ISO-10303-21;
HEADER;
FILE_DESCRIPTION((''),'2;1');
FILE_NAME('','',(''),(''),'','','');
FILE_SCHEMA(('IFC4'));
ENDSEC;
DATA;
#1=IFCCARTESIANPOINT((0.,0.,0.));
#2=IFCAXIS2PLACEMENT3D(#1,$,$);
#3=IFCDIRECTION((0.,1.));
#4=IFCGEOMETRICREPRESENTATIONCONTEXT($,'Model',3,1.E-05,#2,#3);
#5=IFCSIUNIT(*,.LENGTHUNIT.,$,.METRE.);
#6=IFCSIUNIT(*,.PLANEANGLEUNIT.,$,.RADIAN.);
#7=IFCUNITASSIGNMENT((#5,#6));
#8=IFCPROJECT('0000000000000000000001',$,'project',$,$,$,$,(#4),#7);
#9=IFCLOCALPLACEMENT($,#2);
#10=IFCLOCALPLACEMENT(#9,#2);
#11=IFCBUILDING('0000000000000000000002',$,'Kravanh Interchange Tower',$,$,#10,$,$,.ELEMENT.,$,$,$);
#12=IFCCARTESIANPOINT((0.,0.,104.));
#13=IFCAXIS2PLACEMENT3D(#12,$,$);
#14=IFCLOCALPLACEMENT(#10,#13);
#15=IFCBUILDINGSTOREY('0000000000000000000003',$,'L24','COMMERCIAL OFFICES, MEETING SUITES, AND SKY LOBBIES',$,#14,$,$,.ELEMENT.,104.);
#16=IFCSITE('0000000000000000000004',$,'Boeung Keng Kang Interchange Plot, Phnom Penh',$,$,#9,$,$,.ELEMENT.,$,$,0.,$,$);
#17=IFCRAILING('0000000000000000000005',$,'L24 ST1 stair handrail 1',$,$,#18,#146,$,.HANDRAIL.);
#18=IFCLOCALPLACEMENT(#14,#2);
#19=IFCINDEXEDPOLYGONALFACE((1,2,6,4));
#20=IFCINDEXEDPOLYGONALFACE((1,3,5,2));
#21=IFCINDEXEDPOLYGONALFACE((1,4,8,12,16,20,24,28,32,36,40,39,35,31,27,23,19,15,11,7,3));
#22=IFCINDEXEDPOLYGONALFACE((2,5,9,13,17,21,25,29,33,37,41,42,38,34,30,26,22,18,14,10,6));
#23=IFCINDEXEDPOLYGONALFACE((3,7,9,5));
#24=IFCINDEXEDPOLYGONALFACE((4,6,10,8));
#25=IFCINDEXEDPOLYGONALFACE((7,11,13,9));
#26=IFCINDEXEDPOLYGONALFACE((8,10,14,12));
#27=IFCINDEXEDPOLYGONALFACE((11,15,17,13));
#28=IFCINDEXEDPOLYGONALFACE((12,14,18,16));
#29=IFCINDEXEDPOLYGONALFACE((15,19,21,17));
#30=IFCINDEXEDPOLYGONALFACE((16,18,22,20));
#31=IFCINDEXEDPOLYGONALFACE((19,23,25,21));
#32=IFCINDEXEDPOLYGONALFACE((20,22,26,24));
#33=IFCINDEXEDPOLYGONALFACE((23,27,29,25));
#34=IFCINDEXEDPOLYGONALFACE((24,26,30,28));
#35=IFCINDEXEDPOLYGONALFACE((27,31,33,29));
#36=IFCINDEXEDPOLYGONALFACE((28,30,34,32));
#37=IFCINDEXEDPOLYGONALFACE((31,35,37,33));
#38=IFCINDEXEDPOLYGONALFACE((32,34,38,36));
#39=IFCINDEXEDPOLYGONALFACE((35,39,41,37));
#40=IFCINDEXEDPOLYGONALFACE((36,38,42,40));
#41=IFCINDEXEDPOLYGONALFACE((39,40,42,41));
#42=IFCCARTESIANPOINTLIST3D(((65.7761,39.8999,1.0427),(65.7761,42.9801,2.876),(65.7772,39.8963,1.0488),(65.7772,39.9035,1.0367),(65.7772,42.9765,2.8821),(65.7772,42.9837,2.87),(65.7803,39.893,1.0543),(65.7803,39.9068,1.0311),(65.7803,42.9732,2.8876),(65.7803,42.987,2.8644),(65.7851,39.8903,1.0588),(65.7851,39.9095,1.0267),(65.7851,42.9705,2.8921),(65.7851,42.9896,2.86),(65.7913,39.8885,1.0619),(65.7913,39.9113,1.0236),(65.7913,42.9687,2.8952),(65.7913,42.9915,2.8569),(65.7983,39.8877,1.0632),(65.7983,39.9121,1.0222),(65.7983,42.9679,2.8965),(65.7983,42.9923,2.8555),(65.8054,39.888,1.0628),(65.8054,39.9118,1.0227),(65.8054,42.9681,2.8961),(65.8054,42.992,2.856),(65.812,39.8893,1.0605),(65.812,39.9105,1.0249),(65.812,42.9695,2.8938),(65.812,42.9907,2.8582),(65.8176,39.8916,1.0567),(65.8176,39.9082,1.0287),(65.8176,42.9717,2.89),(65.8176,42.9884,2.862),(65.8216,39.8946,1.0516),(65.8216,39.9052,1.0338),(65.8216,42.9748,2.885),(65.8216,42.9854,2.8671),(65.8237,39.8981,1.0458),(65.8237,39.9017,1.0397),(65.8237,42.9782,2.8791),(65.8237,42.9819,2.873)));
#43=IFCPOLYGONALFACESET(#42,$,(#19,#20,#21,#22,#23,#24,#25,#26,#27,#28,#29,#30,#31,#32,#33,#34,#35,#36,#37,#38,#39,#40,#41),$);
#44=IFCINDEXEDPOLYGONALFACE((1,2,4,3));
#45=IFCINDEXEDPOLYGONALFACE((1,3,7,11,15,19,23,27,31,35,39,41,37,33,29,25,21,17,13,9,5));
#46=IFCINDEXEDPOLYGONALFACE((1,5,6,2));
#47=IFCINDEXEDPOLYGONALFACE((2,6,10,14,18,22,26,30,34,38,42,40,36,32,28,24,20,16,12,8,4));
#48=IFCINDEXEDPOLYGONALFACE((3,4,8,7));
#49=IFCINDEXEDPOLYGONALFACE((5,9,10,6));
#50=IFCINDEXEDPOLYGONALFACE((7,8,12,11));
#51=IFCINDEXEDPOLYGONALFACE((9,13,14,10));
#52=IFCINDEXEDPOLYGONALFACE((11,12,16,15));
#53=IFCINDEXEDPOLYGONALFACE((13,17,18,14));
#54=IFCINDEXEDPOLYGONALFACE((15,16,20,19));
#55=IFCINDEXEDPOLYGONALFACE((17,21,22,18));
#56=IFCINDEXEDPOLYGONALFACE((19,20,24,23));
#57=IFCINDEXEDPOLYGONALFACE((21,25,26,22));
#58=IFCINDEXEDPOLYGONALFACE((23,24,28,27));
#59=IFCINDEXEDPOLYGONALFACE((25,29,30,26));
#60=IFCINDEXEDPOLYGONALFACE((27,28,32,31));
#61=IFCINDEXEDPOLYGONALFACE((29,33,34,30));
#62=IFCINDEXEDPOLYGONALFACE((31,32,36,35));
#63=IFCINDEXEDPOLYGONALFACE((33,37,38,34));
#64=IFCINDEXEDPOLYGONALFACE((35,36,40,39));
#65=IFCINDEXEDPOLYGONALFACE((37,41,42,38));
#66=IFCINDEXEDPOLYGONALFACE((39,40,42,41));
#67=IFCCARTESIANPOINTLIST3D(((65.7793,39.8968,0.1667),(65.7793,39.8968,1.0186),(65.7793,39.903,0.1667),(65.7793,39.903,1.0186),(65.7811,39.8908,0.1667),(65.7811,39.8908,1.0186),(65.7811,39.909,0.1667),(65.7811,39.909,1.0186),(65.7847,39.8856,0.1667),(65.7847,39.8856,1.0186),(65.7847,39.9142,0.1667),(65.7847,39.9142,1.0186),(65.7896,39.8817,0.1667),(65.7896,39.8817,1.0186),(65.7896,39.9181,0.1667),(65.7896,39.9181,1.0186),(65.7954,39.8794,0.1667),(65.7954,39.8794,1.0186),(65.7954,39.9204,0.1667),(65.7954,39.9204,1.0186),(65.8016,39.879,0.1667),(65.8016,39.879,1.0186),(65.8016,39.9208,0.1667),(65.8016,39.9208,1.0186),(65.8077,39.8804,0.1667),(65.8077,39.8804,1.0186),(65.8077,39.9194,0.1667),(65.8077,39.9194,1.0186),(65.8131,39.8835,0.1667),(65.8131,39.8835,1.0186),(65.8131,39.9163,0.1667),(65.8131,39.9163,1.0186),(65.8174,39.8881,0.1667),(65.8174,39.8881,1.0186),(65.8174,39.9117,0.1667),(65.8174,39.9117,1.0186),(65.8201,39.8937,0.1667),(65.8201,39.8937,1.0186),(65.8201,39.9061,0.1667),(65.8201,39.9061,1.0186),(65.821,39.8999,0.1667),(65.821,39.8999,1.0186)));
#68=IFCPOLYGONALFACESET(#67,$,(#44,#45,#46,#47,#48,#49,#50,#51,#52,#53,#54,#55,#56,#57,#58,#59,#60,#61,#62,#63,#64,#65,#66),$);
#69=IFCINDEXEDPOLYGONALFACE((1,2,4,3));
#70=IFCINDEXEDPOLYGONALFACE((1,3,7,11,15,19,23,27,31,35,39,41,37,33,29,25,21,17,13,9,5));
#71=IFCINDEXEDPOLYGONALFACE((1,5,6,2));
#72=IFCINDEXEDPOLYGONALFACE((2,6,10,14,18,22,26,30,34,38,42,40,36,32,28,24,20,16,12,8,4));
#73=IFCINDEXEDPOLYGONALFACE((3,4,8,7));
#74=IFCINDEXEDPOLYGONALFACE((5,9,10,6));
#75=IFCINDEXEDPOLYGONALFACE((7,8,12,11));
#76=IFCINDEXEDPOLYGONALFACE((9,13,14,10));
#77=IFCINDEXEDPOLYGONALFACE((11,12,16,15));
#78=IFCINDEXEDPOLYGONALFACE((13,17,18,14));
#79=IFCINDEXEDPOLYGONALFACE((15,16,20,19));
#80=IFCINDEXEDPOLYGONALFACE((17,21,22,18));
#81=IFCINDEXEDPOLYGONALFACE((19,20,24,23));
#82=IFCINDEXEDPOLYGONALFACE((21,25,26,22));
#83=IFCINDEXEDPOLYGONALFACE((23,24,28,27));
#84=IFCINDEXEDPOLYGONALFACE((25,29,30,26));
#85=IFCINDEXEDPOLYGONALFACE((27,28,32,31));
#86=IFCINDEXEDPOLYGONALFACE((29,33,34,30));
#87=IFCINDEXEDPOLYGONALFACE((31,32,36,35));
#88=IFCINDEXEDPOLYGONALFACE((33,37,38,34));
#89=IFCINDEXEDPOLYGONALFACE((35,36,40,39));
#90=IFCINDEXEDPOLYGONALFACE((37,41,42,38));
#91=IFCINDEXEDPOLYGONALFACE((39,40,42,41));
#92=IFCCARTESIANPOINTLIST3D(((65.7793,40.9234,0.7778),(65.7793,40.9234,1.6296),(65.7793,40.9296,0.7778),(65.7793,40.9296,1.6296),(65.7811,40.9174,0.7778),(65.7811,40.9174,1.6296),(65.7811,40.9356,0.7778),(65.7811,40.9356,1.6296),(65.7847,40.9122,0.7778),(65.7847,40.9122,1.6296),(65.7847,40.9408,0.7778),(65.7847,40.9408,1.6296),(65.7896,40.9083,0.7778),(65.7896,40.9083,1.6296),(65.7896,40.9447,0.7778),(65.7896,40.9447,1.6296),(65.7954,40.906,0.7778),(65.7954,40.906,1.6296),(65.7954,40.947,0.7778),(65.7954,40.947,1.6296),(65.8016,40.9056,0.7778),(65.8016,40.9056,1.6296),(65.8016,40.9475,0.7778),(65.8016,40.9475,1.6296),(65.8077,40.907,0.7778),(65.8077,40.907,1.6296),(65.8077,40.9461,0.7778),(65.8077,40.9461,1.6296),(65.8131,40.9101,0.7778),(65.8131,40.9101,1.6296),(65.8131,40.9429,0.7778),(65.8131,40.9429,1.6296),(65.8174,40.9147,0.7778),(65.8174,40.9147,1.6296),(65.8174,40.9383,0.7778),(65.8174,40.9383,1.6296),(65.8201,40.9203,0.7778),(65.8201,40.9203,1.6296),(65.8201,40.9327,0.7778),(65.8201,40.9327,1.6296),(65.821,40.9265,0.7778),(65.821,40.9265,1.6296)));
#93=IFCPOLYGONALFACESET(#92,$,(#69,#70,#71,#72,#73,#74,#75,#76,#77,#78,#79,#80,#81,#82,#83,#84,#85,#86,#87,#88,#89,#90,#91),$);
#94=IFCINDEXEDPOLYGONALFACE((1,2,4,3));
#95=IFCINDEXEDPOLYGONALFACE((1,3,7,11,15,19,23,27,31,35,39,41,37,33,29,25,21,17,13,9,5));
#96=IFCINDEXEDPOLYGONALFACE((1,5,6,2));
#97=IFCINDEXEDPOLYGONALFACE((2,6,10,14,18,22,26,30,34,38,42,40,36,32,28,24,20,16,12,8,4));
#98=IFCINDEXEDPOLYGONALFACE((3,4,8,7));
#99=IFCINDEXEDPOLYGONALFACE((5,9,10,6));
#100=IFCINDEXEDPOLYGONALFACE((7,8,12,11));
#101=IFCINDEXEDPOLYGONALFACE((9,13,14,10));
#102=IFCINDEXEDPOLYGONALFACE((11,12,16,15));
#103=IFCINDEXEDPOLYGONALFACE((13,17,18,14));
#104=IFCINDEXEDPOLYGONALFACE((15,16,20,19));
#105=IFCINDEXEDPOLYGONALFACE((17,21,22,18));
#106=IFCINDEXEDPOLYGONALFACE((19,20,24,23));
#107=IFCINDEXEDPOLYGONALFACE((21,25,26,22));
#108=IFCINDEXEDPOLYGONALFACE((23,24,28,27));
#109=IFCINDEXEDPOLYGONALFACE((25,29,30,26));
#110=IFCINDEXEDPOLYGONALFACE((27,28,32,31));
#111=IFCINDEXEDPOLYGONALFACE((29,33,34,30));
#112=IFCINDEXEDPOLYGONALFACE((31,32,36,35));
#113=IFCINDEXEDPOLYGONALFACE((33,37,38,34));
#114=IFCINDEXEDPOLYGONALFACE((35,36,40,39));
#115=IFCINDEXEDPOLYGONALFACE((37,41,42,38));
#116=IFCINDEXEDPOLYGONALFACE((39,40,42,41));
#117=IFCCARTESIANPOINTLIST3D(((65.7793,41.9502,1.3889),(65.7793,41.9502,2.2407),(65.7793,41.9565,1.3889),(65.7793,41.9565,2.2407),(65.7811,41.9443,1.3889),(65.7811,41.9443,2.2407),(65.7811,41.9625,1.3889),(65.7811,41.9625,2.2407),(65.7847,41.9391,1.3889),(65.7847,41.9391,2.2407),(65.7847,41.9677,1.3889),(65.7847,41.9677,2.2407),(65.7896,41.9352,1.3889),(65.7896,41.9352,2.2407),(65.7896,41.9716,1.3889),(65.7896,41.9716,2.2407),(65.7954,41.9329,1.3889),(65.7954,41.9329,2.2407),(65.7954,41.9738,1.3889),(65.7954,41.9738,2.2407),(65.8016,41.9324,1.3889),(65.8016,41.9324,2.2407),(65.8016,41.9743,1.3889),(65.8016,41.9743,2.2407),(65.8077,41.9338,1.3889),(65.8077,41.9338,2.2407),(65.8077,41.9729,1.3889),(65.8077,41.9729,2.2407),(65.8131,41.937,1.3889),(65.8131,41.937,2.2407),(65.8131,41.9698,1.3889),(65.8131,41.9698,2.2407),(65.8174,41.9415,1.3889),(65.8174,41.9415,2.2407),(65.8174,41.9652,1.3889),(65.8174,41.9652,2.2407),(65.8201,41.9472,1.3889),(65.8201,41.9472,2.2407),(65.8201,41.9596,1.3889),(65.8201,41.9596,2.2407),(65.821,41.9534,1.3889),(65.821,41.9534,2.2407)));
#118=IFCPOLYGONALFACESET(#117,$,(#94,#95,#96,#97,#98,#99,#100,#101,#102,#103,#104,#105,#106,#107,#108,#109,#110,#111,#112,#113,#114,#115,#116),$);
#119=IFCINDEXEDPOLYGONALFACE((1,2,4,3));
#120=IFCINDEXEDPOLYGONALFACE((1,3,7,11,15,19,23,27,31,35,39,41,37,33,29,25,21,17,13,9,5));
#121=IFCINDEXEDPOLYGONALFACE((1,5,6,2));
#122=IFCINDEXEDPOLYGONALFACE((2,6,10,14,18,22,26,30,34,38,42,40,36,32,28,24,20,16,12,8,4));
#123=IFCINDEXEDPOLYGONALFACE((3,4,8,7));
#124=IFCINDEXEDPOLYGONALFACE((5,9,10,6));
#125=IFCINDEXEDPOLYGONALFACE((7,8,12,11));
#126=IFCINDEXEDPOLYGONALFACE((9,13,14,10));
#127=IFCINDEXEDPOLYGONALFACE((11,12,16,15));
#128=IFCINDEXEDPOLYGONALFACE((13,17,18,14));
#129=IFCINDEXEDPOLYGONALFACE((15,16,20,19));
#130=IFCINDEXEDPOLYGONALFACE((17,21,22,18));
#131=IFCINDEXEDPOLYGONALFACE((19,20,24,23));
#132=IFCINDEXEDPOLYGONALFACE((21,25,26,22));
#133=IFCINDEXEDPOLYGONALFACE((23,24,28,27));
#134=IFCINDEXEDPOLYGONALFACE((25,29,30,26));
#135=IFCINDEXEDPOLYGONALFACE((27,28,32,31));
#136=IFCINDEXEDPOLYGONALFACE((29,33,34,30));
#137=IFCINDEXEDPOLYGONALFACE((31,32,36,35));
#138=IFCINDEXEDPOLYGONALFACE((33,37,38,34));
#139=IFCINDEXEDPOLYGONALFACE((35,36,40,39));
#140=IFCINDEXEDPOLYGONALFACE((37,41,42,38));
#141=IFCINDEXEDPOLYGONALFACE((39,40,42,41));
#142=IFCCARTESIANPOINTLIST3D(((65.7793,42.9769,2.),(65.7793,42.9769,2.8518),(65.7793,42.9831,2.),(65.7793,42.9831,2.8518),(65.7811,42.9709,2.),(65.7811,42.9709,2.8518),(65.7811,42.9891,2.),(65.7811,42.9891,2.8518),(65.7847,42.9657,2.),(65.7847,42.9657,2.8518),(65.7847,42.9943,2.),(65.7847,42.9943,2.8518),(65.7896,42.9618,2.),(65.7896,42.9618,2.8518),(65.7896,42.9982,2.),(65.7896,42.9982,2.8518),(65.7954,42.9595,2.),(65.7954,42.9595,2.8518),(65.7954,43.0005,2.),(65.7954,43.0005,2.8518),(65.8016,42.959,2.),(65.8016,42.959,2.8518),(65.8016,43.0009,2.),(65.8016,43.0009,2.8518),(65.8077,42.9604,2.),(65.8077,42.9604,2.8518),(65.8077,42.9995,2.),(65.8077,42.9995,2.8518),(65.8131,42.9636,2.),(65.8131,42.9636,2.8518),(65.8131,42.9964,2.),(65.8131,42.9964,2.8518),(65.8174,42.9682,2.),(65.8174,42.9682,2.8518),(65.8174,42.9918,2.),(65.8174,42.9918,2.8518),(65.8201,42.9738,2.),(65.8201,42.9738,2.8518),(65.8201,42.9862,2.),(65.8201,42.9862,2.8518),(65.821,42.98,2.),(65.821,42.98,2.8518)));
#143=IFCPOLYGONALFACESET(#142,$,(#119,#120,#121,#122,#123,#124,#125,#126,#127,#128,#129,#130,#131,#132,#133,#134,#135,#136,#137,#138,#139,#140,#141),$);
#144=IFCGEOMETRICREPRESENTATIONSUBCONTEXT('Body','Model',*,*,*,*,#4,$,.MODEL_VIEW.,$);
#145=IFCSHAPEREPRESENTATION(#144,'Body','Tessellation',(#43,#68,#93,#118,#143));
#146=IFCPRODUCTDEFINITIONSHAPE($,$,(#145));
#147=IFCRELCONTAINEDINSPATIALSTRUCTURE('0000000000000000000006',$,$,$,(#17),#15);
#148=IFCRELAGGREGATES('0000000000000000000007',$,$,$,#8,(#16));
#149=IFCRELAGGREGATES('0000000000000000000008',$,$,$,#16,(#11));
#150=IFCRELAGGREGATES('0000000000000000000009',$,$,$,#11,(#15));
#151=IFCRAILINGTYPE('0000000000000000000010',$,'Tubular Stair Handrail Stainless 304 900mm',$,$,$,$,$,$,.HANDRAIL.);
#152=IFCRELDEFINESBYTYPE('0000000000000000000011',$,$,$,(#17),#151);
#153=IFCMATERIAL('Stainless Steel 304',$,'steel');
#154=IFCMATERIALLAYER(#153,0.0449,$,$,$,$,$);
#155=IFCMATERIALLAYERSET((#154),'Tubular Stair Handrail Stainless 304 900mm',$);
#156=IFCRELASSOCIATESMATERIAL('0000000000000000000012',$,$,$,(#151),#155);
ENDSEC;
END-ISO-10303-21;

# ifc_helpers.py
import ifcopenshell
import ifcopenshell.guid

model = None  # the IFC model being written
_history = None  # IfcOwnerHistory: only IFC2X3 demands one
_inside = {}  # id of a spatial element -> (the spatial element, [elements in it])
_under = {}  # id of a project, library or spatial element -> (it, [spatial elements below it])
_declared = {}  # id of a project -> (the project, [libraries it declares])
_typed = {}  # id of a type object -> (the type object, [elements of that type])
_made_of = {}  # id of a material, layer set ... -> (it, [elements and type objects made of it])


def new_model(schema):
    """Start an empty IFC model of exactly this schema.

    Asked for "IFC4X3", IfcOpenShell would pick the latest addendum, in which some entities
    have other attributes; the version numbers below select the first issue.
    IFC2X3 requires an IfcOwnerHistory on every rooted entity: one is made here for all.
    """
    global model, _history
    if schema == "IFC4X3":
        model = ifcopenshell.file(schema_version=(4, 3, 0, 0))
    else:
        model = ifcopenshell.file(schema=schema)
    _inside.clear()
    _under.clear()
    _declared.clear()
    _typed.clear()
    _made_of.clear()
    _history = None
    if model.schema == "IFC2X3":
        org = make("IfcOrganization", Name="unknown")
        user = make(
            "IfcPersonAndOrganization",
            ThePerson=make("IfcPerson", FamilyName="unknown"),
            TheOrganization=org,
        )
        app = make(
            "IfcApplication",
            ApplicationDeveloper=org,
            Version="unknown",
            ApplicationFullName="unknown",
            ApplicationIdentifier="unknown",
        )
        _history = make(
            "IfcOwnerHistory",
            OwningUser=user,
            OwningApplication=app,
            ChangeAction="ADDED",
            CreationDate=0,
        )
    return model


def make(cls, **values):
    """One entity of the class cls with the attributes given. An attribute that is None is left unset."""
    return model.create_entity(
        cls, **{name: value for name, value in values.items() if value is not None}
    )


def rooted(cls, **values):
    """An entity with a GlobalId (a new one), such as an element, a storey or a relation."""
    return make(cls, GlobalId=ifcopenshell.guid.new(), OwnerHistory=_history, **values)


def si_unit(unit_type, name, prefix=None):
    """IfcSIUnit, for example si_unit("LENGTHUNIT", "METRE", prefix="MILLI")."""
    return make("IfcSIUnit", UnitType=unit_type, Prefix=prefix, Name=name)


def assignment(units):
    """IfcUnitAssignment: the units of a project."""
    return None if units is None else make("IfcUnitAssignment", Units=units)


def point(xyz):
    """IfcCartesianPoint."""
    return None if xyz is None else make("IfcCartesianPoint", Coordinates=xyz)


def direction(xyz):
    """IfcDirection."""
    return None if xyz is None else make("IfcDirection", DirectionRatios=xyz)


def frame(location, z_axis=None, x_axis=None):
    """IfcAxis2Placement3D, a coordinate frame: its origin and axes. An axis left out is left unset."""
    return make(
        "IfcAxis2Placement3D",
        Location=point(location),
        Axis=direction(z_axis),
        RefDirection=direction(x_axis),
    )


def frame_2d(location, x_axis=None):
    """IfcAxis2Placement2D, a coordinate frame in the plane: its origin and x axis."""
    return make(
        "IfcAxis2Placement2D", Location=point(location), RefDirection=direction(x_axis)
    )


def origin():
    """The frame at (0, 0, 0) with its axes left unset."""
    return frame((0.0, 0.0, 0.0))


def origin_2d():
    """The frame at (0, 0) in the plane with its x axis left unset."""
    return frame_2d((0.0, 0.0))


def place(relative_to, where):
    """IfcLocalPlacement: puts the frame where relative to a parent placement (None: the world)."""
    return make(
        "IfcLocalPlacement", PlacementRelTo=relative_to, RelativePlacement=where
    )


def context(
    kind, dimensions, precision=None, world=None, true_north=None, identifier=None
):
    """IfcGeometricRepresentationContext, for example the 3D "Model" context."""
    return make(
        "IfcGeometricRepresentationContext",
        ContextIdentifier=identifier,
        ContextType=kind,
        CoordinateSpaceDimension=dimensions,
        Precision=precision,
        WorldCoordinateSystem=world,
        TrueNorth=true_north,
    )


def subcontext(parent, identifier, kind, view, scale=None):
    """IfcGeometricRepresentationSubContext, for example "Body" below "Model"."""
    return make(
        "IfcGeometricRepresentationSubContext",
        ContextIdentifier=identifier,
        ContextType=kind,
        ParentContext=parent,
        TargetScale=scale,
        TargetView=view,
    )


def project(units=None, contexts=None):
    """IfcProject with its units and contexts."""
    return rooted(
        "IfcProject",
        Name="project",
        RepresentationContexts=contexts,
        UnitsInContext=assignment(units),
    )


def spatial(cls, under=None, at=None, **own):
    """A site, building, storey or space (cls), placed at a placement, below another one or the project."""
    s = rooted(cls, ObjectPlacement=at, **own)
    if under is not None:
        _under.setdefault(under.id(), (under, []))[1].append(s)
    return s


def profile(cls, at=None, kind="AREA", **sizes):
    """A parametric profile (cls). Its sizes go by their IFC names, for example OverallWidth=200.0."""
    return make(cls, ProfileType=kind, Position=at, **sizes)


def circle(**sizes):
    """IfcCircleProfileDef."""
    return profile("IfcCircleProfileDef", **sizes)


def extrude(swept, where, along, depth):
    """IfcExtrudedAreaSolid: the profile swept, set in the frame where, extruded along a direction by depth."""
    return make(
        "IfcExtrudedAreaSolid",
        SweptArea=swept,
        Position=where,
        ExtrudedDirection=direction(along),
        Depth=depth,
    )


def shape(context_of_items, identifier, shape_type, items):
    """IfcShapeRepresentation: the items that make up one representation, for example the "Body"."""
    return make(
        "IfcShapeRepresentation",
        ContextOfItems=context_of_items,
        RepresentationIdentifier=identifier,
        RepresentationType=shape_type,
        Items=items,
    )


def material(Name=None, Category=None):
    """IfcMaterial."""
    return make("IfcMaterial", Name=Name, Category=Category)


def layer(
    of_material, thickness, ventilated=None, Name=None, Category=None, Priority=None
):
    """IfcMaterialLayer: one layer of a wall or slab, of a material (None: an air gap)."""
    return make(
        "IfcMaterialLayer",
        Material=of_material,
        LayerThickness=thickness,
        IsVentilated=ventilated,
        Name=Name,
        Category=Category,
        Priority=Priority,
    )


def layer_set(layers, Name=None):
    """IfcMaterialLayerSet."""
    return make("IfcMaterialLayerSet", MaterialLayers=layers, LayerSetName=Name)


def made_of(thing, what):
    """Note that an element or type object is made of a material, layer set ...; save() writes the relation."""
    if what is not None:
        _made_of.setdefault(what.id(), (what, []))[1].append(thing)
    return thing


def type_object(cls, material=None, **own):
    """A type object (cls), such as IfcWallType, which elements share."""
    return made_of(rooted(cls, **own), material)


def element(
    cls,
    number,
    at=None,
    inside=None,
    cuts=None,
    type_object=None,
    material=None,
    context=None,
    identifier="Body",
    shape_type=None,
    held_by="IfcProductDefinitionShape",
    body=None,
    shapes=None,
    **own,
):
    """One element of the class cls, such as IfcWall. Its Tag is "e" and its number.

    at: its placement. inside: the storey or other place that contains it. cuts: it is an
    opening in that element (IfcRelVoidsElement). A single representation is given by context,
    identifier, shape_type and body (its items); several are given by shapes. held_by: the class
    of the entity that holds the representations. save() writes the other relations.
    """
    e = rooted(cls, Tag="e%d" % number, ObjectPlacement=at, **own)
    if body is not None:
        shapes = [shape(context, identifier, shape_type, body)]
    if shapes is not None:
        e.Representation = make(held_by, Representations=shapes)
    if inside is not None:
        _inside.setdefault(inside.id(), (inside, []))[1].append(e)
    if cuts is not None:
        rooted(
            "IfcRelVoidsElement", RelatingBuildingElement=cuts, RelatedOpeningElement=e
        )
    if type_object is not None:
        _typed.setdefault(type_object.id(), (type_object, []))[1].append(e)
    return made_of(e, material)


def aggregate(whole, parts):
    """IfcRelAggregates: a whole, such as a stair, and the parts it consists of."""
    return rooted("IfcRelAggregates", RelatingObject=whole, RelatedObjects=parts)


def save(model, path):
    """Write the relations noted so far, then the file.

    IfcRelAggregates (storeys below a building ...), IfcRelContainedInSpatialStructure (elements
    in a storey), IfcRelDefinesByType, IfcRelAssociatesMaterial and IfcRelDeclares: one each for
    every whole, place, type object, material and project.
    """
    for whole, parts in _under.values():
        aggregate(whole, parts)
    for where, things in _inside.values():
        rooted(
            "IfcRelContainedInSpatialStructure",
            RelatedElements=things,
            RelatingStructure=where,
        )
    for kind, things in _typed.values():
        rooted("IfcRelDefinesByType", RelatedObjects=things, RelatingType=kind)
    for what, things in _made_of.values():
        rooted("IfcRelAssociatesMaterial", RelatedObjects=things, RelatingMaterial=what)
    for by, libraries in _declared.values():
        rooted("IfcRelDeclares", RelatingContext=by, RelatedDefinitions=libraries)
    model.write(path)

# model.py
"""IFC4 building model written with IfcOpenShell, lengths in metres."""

from ifc_helpers import new_model, si_unit, direction, frame, origin, origin_2d, place, context, subcontext, project, spatial, circle, extrude, material, layer, layer_set, type_object, element, save


model = new_model("IFC4")

# Units and contexts
model_context = context("Model", 3, precision=1e-05, world=origin(), true_north=direction((0.0, 1.0)))
body_context = subcontext(model_context, "Body", "Model", "MODEL_VIEW")
ifc_project = project(units=[si_unit("LENGTHUNIT", "METRE"), si_unit("PLANEANGLEUNIT", "RADIAN")], contexts=[model_context])

# Site, building, storey
site_placement = place(None, origin())
site = spatial("IfcSite", under=ifc_project, at=site_placement, Name="Boeung Keng Kang Interchange Plot, Phnom Penh", CompositionType="ELEMENT", RefElevation=0.0)
building_placement = place(site_placement, origin())
building = spatial("IfcBuilding", under=site, at=building_placement, Name="Kravanh Interchange Tower", CompositionType="ELEMENT")
storey_placement = place(building_placement, frame((0.0, 0.0, 104.0)))
storey = spatial("IfcBuildingStorey", under=building, at=storey_placement, Name="L24", Description="COMMERCIAL OFFICES, MEETING SUITES, AND SKY LOBBIES", CompositionType="ELEMENT", Elevation=104.0)

# Railing
ifc_material_1 = material(Name="Stainless Steel 304", Category="steel")
ifc_layer_1 = layer(ifc_material_1, 0.0449)
ifc_layer_set_1 = layer_set([ifc_layer_1], Name="Tubular Stair Handrail Stainless 304 900mm")
railing_type_1 = type_object("IfcRailingType", Name="Tubular Stair Handrail Stainless 304 900mm", PredefinedType="HANDRAIL", material=ifc_layer_set_1)
railing_1_placement = place(storey_placement, frame((65.8, 39.8999, 0.1667)))
element("IfcRailing", 1, at=railing_1_placement, inside=storey, type_object=railing_type_1, Name="L24 ST1 stair handrail 1", PredefinedType="HANDRAIL", context=body_context, shape_type="SweptSolid", body=[
    extrude(circle(Radius=0.0239, at=origin_2d()), frame((0.0, 0.0, 0.876), z_axis=(0.0, 0.859309, 0.511458), x_axis=(-1.0, 0.0, 0.0)), (0.0, 0.0, 1.0), 3.5845),
    extrude(circle(Radius=0.021, at=origin_2d()), origin(), (0.0, 0.0, 1.0), 0.8518),
    extrude(circle(Radius=0.021, at=origin_2d()), frame((0.0, 1.0266, 0.6111)), (0.0, 0.0, 1.0), 0.8518),
    extrude(circle(Radius=0.021, at=origin_2d()), frame((0.0, 2.0535, 1.2222)), (0.0, 0.0, 1.0), 0.8518),
    extrude(circle(Radius=0.021, at=origin_2d()), frame((0.0, 3.0801, 1.8333)), (0.0, 0.0, 1.0), 0.8518),
])

save(model, "model.ifc")
